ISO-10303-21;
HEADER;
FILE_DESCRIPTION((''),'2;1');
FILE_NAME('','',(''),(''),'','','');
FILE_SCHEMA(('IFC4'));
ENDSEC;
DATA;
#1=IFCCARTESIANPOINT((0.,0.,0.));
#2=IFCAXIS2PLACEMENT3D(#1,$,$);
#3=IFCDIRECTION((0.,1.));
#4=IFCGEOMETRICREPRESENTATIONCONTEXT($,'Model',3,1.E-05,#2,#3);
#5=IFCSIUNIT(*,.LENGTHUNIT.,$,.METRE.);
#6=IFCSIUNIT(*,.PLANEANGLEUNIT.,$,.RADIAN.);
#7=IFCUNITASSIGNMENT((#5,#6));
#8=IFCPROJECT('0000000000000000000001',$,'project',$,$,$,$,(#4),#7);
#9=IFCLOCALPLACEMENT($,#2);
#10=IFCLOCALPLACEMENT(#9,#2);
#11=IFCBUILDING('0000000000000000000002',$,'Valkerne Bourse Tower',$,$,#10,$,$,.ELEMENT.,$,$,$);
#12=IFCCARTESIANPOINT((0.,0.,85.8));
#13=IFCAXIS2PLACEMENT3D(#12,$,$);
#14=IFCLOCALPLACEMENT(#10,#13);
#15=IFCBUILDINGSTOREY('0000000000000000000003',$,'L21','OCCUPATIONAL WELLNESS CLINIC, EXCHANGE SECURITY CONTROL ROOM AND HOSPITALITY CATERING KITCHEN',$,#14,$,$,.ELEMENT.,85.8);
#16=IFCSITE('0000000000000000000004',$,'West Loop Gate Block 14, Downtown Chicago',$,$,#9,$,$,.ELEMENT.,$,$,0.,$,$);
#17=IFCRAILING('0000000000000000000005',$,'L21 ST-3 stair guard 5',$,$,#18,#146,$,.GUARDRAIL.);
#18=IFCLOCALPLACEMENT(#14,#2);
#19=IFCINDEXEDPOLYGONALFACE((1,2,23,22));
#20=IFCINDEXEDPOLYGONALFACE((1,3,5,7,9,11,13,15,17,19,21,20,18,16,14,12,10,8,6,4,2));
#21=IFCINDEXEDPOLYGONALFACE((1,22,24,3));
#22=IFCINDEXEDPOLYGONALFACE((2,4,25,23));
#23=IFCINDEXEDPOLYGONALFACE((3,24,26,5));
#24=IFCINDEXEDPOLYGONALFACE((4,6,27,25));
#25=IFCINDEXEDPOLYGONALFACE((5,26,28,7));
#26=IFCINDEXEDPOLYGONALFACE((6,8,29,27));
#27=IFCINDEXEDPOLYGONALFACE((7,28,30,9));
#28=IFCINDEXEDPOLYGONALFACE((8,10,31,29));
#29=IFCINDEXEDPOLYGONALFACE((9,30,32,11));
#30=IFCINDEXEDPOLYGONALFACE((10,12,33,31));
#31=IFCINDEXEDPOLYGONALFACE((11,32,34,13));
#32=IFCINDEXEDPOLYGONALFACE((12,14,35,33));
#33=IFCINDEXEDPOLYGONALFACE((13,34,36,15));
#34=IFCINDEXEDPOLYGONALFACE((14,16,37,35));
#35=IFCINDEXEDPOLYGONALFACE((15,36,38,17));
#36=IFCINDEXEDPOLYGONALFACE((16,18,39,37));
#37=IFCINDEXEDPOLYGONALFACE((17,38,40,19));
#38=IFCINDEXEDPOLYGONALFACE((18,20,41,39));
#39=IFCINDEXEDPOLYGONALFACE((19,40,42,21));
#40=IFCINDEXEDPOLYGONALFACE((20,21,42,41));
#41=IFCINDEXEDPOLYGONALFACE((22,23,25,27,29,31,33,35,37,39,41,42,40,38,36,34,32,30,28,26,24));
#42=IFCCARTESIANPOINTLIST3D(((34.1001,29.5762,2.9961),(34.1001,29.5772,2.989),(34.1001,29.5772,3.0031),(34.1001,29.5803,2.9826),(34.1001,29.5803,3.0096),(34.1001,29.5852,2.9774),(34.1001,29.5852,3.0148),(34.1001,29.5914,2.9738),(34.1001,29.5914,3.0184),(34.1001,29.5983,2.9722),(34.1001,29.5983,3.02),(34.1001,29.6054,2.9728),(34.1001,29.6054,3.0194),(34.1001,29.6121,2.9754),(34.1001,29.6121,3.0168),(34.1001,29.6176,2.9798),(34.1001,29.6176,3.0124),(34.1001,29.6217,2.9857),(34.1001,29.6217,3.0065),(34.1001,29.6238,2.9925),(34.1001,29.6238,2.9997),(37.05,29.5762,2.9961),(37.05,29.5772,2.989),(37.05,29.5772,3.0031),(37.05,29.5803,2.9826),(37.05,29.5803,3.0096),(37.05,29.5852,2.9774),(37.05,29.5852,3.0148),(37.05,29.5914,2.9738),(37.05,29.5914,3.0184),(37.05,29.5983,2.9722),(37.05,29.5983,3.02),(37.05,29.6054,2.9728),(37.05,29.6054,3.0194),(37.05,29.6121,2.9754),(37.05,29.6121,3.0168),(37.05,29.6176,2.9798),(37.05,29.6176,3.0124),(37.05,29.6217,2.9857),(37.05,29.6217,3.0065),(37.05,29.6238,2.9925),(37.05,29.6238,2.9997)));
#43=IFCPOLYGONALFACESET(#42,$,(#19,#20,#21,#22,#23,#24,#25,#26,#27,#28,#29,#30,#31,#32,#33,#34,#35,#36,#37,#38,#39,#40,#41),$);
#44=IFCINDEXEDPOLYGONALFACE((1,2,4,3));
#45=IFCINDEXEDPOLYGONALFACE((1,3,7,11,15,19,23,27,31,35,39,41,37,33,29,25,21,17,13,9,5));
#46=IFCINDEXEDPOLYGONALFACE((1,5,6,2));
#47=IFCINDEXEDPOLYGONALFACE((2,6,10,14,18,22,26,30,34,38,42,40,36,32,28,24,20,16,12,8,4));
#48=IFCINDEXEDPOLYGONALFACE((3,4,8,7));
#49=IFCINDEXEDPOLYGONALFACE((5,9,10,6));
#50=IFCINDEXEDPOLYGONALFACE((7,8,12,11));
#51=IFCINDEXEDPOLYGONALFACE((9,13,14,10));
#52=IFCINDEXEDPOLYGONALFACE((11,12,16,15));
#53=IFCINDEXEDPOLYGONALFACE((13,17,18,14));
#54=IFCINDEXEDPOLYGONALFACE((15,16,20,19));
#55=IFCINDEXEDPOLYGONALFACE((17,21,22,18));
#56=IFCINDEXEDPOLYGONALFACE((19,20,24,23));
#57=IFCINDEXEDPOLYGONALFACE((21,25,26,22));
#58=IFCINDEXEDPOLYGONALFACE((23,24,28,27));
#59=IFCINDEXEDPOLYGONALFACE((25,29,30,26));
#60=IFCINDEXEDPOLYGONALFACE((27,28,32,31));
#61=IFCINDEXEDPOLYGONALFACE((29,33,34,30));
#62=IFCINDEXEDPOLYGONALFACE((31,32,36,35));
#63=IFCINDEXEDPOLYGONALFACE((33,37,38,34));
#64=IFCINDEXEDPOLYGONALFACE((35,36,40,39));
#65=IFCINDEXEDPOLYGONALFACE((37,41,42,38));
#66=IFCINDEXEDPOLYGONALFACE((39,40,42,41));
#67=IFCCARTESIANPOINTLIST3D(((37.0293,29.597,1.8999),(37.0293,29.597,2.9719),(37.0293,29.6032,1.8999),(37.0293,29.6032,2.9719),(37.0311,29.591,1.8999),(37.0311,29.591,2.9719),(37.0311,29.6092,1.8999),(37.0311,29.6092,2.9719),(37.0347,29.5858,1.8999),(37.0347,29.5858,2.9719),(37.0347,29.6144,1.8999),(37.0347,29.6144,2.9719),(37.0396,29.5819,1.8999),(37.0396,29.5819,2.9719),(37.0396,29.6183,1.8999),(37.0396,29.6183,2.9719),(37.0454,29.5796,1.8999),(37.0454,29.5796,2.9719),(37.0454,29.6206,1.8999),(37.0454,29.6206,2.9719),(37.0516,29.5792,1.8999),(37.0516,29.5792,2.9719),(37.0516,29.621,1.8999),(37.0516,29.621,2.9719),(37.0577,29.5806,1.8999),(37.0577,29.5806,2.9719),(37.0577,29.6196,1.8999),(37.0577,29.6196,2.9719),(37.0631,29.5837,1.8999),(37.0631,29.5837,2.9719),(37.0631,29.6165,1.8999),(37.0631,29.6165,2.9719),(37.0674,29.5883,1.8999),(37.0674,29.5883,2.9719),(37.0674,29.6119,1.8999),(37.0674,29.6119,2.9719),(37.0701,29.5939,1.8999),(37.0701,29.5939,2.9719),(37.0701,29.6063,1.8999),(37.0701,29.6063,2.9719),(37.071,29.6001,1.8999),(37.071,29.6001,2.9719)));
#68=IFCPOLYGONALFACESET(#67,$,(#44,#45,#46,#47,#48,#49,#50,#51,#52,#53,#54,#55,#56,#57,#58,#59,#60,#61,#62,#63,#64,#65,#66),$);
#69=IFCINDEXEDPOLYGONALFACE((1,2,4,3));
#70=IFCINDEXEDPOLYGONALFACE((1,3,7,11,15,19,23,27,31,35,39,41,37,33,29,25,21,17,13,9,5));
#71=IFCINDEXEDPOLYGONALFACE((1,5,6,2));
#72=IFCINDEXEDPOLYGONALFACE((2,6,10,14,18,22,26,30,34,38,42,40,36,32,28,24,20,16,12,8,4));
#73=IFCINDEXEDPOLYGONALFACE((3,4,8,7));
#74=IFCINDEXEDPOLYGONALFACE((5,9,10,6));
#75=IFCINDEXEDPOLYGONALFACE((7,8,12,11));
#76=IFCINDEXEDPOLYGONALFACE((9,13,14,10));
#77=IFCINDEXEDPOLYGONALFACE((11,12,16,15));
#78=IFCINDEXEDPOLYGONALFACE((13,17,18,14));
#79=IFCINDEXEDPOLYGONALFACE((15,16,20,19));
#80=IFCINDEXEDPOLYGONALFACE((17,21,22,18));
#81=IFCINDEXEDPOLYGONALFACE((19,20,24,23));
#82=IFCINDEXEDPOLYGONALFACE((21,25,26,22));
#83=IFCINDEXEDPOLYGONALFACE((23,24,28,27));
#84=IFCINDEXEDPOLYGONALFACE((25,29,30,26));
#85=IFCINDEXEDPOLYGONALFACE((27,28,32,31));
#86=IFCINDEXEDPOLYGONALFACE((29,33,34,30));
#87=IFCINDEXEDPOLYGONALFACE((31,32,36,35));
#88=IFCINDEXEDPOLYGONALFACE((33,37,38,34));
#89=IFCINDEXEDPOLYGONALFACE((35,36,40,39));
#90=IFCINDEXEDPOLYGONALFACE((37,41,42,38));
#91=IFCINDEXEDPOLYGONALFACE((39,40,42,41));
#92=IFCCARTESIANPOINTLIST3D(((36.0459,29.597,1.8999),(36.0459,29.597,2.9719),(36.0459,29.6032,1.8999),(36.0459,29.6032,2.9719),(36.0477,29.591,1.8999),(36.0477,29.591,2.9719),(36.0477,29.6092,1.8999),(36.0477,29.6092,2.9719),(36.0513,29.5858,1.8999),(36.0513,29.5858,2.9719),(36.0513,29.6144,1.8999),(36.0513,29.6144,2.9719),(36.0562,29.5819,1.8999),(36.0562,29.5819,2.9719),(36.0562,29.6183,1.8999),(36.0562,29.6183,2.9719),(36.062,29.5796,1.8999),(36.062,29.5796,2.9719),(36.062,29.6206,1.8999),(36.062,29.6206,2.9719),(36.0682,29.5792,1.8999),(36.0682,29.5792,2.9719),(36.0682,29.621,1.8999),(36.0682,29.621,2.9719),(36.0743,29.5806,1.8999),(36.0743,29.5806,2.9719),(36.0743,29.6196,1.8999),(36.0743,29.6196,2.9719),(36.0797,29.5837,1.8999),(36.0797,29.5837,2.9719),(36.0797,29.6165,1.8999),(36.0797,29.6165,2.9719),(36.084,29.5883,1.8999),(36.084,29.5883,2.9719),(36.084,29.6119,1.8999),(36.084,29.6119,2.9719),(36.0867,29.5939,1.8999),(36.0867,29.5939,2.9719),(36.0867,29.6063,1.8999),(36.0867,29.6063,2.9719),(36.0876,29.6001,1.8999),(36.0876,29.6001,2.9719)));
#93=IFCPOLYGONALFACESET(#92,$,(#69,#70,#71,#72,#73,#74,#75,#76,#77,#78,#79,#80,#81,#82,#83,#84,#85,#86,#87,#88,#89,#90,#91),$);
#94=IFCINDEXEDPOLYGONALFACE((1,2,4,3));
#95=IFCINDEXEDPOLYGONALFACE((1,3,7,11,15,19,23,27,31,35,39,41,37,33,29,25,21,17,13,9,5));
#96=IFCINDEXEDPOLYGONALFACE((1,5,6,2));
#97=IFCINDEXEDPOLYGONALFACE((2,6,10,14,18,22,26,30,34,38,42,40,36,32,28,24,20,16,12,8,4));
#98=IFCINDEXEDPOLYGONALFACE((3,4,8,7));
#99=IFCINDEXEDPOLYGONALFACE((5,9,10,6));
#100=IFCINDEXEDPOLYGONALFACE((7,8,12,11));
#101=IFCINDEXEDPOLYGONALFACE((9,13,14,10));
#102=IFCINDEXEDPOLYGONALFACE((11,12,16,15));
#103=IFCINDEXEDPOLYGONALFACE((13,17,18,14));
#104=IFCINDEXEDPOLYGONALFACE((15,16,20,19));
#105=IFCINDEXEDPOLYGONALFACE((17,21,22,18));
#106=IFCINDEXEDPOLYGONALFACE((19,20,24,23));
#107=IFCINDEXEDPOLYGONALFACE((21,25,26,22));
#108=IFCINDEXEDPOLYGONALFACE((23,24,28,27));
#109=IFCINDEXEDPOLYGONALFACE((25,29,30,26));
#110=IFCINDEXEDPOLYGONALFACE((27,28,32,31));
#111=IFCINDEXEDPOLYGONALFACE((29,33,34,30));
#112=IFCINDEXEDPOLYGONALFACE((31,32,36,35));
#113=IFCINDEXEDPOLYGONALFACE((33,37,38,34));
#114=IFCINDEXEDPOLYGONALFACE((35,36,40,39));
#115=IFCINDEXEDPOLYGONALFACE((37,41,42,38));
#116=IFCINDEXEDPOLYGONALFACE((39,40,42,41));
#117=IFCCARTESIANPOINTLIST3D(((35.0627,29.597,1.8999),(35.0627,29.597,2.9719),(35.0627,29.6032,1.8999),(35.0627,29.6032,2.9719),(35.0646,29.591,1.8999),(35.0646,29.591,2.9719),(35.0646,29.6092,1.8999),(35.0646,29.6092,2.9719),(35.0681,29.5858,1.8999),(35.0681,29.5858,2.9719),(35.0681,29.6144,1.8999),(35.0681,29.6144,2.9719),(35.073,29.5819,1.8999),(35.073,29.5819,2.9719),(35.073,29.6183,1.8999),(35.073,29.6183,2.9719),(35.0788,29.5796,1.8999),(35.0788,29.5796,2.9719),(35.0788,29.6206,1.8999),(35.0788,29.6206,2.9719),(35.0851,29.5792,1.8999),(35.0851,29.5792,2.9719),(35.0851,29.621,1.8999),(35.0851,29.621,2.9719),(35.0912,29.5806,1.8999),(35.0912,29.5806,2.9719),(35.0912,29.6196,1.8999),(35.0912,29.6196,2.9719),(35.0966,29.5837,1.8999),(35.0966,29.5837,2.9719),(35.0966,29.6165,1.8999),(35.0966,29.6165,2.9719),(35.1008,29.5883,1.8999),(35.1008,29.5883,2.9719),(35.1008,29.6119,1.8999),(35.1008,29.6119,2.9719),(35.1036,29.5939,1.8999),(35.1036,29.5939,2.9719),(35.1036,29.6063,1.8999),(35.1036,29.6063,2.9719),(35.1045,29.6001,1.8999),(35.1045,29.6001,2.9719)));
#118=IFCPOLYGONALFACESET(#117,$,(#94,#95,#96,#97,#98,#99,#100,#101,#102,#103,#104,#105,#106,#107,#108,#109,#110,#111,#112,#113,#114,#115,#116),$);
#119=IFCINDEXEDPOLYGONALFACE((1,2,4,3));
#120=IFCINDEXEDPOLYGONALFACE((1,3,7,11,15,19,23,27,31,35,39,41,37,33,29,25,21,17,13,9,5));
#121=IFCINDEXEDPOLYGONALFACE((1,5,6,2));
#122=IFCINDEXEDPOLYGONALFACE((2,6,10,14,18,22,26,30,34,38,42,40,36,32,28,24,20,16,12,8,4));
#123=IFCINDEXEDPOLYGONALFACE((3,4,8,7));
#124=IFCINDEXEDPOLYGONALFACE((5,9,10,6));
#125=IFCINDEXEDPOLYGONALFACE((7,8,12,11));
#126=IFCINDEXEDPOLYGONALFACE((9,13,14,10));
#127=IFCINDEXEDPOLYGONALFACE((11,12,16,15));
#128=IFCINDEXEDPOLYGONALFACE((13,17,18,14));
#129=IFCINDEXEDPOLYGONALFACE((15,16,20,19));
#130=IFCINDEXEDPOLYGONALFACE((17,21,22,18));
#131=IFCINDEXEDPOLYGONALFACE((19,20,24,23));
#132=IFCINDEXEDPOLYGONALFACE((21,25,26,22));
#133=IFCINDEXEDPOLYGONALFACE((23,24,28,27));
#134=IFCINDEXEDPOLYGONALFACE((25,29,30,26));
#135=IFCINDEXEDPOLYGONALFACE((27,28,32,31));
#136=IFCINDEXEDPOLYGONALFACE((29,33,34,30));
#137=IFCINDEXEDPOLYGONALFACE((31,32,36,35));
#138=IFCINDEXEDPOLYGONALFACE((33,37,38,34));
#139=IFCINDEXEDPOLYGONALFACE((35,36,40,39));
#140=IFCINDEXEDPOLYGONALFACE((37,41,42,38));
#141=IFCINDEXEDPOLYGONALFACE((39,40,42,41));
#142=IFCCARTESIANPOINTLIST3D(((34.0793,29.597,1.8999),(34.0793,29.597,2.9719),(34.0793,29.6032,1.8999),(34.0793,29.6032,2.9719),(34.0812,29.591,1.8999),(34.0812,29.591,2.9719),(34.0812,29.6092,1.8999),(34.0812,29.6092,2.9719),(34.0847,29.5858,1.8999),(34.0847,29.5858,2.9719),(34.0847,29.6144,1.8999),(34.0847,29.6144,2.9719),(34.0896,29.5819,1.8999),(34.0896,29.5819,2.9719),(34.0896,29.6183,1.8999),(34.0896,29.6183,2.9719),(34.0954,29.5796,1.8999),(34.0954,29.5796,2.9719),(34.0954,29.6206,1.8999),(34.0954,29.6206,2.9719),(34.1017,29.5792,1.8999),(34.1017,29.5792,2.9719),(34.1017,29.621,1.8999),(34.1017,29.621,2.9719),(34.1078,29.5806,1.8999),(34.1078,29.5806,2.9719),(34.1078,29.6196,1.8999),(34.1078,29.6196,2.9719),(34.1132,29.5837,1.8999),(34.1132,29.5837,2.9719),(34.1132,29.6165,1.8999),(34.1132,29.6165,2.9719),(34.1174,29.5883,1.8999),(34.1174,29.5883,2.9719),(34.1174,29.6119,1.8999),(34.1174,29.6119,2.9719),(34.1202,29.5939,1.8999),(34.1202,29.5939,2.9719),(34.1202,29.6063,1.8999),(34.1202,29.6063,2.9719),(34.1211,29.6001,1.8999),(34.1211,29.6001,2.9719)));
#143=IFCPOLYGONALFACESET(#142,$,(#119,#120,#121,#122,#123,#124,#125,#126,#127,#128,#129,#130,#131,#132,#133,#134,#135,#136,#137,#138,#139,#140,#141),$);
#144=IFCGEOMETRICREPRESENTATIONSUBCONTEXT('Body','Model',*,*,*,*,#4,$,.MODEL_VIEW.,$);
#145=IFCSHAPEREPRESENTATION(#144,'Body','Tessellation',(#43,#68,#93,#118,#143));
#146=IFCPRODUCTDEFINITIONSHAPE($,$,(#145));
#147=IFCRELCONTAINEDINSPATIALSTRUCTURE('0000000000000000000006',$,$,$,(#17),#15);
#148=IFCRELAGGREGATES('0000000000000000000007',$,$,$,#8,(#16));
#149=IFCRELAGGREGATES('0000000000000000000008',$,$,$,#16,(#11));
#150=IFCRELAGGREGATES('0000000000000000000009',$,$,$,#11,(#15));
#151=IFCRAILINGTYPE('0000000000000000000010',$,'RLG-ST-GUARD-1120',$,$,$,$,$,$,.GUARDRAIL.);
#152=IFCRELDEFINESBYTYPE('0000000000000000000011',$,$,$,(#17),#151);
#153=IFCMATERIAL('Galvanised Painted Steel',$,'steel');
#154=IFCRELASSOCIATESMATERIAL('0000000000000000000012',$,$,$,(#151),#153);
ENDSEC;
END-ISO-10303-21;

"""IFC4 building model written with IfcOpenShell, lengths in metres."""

from ifc_helpers import new_model, si_unit, direction, frame, origin, origin_2d, place, context, subcontext, project, spatial, circle, extrude, material, type_object, element, save


model = new_model("IFC4")

# Units and contexts
model_context = context("Model", 3, precision=1e-05, world=origin(), true_north=direction((0.0, 1.0)))
body_context = subcontext(model_context, "Body", "Model", "MODEL_VIEW")
ifc_project = project(units=[si_unit("LENGTHUNIT", "METRE"), si_unit("PLANEANGLEUNIT", "RADIAN")], contexts=[model_context])

# Site, building, storey
site_placement = place(None, origin())
site = spatial("IfcSite", under=ifc_project, at=site_placement, Name="West Loop Gate Block 14, Downtown Chicago", CompositionType="ELEMENT", RefElevation=0.0)
building_placement = place(site_placement, origin())
building = spatial("IfcBuilding", under=site, at=building_placement, Name="Valkerne Bourse Tower", CompositionType="ELEMENT")
storey_placement = place(building_placement, frame((0.0, 0.0, 85.8)))
storey = spatial("IfcBuildingStorey", under=building, at=storey_placement, Name="L21", Description="OCCUPATIONAL WELLNESS CLINIC, EXCHANGE SECURITY CONTROL ROOM AND HOSPITALITY CATERING KITCHEN", CompositionType="ELEMENT", Elevation=85.8)

# Railing
ifc_material_1 = material(Name="Galvanised Painted Steel", Category="steel")
railing_type_1 = type_object("IfcRailingType", Name="RLG-ST-GUARD-1120", PredefinedType="GUARDRAIL", material=ifc_material_1)
railing_1_placement = place(storey_placement, frame((37.05, 29.6001, 1.8999)))
element("IfcRailing", 1, at=railing_1_placement, inside=storey, type_object=railing_type_1, Name="L21 ST-3 stair guard 5", PredefinedType="GUARDRAIL", context=body_context, shape_type="SweptSolid", body=[
    extrude(circle(Radius=0.0239, at=origin_2d()), frame((0.0, 0.0, 1.0962), z_axis=(-1.0, 0.0, 0.0), x_axis=(0.0, -1.0, 0.0)), (0.0, 0.0, 1.0), 2.95),
    extrude(circle(Radius=0.021, at=origin_2d()), origin(), (0.0, 0.0, 1.0), 1.072),
    extrude(circle(Radius=0.021, at=origin_2d()), frame((-0.9834, 0.0, 0.0)), (0.0, 0.0, 1.0), 1.072),
    extrude(circle(Radius=0.021, at=origin_2d()), frame((-1.9666, 0.0, 0.0)), (0.0, 0.0, 1.0), 1.072),
    extrude(circle(Radius=0.021, at=origin_2d()), frame((-2.95, 0.0, 0.0)), (0.0, 0.0, 1.0), 1.072),
])

save(model, "model.ifc")
